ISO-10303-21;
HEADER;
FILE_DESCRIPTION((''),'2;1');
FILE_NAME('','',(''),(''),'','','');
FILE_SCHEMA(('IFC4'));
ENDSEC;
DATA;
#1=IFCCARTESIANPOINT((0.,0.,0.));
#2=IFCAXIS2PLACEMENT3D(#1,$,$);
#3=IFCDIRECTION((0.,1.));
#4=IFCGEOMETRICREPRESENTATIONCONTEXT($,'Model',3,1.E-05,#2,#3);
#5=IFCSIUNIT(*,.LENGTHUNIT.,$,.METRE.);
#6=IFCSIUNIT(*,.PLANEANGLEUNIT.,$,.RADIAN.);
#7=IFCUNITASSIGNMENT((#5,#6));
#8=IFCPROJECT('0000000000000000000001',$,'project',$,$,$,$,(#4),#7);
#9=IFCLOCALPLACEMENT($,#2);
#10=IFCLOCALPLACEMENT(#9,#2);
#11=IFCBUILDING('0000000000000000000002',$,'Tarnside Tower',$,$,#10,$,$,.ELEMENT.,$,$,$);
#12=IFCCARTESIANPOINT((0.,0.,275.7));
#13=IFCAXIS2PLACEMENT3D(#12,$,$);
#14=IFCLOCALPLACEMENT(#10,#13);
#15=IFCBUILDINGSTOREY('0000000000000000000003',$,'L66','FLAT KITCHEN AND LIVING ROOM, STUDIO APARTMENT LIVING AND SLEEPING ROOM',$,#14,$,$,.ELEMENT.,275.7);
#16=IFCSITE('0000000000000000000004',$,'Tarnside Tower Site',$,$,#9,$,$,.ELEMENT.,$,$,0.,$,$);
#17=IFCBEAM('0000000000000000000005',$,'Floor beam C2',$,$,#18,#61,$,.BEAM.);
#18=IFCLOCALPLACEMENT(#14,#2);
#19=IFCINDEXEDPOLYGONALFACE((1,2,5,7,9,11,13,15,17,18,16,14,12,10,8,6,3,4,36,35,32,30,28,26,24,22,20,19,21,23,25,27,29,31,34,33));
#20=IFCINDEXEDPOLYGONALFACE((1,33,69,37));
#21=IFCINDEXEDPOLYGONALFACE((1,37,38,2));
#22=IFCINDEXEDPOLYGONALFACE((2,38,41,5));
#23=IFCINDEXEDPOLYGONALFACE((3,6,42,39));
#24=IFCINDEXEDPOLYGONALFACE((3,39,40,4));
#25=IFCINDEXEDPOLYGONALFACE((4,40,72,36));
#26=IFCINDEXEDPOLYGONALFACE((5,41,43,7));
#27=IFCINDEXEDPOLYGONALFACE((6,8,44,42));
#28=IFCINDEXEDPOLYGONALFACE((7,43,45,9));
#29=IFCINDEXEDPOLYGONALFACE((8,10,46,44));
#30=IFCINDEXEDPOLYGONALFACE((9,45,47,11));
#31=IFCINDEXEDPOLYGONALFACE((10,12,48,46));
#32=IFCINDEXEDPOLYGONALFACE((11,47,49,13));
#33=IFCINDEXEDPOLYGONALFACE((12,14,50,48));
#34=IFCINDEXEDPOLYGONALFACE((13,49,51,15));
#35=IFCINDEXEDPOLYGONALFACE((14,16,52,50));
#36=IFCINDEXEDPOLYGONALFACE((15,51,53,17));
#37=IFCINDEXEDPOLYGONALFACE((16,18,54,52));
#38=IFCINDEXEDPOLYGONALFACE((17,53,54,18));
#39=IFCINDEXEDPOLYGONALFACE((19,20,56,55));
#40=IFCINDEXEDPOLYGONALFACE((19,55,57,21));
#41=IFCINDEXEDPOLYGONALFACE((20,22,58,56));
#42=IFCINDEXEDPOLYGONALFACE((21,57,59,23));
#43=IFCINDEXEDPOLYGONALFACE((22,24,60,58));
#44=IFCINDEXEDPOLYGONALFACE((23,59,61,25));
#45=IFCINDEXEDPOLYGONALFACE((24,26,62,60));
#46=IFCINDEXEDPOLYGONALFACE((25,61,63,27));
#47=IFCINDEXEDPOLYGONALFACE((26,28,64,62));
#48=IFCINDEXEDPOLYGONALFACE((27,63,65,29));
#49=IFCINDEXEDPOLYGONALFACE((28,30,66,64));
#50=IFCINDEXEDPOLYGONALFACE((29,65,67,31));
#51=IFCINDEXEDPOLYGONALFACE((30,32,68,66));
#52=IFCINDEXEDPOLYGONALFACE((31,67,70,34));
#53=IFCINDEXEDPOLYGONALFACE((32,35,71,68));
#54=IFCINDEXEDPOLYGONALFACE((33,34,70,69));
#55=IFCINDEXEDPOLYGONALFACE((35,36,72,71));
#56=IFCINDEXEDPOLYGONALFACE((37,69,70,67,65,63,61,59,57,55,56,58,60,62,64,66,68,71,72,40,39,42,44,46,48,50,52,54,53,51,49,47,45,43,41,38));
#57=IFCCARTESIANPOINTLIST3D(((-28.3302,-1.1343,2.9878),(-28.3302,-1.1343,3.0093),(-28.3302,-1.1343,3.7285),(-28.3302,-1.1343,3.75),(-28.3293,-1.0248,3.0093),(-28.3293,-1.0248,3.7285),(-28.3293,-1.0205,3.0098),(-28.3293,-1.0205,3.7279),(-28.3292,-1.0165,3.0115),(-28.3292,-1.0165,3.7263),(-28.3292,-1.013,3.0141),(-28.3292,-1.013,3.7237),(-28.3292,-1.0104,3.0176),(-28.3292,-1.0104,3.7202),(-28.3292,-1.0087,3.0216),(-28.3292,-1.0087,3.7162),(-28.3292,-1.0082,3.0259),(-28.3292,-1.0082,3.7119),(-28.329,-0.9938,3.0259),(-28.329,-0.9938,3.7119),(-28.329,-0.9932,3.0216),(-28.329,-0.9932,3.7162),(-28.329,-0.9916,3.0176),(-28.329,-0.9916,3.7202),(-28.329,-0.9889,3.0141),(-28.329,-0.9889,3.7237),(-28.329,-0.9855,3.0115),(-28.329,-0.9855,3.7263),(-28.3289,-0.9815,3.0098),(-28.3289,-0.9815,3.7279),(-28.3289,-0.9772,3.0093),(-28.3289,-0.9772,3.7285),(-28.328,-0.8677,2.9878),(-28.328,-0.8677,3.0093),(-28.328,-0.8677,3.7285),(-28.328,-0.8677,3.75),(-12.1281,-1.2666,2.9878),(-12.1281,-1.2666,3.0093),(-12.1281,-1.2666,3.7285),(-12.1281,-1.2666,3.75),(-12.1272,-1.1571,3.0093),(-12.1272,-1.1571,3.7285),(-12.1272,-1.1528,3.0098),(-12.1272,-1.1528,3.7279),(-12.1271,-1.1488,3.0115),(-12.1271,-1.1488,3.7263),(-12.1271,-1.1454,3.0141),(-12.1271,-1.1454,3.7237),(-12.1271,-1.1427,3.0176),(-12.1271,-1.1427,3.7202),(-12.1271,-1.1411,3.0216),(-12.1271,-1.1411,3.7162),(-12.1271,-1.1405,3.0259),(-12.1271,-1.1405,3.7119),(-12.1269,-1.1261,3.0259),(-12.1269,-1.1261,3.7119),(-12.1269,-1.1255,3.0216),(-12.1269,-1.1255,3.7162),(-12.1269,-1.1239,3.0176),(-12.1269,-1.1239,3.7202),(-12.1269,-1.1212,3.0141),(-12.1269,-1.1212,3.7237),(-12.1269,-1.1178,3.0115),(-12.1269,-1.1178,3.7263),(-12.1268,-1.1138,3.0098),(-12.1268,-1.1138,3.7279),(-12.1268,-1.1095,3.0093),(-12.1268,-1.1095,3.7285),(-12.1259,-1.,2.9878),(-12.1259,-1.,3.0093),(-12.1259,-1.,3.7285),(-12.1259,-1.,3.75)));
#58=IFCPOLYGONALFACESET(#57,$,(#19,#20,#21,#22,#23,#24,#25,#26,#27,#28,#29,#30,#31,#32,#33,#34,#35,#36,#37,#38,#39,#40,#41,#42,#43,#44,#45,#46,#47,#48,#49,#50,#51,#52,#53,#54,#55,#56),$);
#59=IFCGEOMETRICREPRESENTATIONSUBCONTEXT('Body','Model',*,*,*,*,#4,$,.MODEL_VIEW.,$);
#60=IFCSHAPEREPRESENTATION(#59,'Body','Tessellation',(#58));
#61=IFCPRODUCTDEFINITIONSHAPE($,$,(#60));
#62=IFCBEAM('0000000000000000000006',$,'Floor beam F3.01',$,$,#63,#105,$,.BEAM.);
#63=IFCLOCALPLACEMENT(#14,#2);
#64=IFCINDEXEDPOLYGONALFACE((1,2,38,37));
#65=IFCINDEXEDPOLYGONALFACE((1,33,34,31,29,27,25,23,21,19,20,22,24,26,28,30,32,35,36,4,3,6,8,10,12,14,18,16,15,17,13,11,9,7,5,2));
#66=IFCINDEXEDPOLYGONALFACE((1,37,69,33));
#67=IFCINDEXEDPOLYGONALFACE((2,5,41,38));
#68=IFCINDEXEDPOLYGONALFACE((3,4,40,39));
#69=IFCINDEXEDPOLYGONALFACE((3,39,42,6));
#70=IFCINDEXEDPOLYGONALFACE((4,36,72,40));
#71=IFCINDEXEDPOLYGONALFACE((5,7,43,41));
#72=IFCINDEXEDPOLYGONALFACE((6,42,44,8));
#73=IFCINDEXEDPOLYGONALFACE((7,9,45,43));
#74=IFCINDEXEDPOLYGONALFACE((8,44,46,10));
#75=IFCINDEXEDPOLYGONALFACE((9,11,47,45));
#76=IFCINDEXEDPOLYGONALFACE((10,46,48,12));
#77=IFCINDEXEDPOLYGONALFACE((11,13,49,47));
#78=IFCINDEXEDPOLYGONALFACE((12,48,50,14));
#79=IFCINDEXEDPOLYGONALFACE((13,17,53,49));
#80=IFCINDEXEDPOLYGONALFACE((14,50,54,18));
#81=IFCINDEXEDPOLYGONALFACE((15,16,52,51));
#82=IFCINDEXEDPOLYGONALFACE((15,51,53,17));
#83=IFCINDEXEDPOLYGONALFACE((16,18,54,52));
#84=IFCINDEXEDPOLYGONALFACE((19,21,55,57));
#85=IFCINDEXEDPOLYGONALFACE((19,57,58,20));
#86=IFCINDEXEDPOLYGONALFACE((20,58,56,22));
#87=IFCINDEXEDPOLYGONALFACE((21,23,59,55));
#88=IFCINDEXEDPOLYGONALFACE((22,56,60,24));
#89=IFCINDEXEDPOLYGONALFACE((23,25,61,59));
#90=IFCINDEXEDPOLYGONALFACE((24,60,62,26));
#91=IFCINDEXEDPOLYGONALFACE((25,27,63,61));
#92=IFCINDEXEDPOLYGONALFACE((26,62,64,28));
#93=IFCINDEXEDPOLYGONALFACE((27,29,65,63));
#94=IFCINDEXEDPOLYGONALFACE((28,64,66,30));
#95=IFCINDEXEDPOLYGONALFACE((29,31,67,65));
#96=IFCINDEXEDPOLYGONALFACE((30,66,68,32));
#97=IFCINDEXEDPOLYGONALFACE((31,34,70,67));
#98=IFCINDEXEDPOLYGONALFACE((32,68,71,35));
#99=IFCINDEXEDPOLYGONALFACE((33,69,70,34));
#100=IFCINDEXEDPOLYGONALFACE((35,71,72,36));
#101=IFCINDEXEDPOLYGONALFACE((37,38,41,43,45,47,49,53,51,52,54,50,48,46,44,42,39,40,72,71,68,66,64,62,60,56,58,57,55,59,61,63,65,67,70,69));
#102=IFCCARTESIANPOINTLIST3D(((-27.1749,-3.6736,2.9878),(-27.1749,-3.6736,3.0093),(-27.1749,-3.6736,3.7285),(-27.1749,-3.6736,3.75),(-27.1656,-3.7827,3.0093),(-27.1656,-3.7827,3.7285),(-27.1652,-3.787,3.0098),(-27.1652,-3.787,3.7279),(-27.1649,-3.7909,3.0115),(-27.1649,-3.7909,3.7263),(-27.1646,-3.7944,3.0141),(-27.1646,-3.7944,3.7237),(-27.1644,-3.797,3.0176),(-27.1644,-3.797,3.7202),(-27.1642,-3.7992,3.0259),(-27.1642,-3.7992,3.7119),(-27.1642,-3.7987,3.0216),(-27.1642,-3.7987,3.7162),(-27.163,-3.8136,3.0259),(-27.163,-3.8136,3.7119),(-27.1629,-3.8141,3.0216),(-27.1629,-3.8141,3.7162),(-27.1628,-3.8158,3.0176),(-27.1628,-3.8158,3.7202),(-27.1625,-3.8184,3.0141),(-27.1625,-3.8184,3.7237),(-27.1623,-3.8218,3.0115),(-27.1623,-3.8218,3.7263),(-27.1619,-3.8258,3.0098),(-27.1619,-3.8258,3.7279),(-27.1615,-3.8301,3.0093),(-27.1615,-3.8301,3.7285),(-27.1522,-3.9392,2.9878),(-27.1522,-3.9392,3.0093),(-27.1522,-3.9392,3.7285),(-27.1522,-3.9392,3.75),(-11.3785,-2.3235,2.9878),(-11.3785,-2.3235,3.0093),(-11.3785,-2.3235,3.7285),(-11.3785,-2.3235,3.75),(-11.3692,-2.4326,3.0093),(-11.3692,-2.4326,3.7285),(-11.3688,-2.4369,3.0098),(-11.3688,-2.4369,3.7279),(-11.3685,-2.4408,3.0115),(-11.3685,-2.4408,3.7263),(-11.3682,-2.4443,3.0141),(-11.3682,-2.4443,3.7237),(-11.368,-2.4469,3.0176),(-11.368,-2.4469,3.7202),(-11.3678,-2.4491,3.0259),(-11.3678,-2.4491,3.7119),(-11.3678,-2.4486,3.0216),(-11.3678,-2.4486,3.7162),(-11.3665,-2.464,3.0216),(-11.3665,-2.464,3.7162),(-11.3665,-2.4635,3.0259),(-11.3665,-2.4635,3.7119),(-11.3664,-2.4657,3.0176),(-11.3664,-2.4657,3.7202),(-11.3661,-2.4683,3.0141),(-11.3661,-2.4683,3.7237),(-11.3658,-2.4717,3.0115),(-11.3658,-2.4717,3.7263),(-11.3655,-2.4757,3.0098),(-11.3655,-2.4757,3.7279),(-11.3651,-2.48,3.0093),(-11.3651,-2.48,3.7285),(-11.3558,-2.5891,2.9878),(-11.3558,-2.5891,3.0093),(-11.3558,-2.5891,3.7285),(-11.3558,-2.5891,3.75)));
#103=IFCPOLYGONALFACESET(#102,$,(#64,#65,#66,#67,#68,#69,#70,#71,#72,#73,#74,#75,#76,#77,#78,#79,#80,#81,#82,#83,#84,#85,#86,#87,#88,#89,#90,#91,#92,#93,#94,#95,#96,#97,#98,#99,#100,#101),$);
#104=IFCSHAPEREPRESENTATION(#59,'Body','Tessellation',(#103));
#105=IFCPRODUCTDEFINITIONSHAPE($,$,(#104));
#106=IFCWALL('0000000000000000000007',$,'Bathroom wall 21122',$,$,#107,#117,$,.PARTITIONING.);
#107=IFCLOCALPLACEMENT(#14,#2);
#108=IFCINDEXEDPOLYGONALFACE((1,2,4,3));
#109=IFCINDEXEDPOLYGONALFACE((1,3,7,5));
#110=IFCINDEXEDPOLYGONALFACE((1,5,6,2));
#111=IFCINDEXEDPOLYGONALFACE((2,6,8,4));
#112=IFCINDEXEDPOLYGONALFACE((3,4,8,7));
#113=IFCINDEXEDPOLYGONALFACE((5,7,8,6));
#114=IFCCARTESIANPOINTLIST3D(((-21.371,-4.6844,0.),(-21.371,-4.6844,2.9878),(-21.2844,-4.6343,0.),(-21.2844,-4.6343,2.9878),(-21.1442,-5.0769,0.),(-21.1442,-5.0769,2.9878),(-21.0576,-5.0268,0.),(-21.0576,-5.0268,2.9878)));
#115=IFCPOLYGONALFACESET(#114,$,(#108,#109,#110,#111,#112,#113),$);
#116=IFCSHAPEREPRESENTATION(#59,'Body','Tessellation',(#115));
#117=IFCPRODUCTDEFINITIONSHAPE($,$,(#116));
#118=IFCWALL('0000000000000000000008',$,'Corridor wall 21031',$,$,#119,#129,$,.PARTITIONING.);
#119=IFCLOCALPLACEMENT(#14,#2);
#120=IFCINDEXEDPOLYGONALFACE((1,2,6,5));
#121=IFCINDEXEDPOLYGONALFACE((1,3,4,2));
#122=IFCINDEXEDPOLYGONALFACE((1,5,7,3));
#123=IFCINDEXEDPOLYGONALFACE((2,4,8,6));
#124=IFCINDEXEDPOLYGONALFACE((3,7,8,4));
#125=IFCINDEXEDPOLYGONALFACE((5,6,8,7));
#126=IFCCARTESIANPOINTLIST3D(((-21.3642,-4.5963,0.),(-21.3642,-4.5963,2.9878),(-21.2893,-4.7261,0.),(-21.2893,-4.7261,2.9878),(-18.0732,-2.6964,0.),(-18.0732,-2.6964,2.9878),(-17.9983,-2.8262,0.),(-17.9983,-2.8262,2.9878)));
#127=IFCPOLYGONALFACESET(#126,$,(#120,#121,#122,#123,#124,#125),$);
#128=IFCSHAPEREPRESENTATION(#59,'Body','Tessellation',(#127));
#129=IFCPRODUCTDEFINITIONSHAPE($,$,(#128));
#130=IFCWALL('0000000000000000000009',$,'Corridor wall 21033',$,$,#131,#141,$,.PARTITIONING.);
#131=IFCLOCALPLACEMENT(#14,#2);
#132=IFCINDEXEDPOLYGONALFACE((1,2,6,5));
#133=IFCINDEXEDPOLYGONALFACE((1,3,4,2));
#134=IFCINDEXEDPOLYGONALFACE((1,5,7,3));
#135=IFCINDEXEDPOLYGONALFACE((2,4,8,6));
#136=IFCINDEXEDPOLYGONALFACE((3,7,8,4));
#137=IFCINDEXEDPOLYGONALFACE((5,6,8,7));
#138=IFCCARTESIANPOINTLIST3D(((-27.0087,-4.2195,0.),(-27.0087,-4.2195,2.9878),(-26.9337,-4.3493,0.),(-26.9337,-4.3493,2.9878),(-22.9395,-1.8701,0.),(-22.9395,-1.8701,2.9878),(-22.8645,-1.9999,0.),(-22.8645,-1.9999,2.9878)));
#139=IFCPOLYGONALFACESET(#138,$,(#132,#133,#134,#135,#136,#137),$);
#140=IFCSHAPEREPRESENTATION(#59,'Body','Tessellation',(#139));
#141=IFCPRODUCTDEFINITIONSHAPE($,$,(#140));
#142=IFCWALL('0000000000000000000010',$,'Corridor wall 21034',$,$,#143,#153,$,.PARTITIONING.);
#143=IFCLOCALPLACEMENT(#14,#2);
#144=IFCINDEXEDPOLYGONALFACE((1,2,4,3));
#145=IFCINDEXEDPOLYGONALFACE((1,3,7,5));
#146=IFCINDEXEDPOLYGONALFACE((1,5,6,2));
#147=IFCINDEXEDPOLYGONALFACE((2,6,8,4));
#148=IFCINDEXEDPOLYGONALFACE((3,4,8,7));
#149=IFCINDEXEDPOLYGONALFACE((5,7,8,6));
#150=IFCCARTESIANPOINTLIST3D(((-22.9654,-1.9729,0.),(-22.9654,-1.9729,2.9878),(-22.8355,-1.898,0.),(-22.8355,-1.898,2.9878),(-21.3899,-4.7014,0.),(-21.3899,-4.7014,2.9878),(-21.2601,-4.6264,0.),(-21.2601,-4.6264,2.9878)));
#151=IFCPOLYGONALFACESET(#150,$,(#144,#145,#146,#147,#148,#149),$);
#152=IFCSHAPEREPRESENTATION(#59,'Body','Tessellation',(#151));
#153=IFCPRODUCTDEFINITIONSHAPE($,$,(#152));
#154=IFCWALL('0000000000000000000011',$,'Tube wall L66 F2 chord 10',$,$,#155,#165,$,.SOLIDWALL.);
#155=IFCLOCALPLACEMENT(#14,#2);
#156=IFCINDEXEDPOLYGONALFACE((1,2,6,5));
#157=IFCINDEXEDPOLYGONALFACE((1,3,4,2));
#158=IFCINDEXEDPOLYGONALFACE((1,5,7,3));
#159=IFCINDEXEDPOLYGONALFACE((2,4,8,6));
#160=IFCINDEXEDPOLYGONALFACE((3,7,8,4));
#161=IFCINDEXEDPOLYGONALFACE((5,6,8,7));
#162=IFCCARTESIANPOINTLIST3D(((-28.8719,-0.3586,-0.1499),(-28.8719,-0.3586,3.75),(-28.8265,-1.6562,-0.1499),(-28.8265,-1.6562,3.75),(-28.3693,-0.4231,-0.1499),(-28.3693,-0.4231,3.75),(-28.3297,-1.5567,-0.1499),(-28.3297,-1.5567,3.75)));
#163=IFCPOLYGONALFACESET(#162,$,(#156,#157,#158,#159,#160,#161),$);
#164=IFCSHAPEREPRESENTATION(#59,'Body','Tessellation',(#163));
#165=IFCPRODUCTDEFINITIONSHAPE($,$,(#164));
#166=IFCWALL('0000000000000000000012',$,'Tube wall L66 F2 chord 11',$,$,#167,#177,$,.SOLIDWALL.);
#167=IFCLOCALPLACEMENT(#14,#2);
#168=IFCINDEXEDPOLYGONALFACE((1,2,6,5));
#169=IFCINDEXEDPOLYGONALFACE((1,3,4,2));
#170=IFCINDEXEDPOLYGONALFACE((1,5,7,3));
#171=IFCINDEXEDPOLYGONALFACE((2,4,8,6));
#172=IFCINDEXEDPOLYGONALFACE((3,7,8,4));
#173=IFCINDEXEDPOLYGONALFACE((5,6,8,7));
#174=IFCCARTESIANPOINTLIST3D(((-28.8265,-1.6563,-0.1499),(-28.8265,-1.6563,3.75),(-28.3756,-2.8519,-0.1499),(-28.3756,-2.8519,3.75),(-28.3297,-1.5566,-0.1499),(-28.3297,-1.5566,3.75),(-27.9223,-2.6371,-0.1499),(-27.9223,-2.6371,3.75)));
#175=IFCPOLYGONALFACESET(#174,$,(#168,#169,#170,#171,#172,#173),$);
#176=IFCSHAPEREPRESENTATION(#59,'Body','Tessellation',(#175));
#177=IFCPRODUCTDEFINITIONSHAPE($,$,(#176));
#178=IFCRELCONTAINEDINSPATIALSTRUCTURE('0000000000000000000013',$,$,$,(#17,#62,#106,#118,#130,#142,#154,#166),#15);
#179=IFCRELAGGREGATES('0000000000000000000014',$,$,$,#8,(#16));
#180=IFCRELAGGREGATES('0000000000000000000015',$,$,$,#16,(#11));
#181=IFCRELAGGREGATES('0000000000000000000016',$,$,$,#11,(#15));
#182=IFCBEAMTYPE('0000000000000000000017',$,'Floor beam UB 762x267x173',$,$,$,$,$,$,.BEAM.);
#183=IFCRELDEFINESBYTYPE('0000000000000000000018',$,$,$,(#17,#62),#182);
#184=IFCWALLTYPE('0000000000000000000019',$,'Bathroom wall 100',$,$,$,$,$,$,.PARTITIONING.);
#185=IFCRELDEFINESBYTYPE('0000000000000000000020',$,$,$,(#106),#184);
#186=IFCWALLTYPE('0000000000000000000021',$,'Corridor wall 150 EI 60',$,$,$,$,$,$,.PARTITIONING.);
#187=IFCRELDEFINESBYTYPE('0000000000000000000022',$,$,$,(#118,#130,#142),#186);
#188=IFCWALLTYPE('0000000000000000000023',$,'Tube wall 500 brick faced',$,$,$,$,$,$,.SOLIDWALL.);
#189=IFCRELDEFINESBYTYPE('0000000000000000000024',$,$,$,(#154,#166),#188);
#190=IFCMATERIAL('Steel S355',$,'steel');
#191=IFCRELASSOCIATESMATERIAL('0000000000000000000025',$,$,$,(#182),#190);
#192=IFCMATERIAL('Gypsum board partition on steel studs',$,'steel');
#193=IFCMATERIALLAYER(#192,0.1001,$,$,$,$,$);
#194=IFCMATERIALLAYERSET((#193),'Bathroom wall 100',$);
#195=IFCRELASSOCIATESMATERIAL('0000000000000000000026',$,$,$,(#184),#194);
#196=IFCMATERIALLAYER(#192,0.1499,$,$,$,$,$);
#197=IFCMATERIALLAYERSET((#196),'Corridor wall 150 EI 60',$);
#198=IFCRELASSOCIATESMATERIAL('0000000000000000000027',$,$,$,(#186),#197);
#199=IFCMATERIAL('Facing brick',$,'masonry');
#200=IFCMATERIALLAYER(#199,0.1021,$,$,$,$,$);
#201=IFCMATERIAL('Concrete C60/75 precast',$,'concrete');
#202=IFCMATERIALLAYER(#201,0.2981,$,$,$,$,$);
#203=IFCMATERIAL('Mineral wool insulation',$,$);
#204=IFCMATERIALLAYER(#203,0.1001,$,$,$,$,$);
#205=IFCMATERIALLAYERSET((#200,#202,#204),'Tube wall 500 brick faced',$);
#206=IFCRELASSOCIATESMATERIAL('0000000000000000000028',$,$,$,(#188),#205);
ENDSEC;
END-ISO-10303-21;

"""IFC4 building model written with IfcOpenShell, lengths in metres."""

from ifc_helpers import new_model, si_unit, direction, frame, frame_2d, origin, origin_2d, place, context, subcontext, project, spatial, polyline, rectangle, i_section, outline, extrude, material, layer, layer_set, material_profile, profile_set, type_object, element, save


model = new_model("IFC4")

# Units and contexts
model_context = context("Model", 3, precision=1e-05, world=origin(), true_north=direction((0.0, 1.0)))
body_context = subcontext(model_context, "Body", "Model", "MODEL_VIEW")
ifc_project = project(units=[si_unit("LENGTHUNIT", "METRE"), si_unit("PLANEANGLEUNIT", "RADIAN")], contexts=[model_context])

# Site, building, storey
site_placement = place(None, origin())
site = spatial("IfcSite", under=ifc_project, at=site_placement, Name="Tarnside Tower Site", CompositionType="ELEMENT", RefElevation=0.0)
building_placement = place(site_placement, origin())
building = spatial("IfcBuilding", under=site, at=building_placement, Name="Tarnside Tower", CompositionType="ELEMENT")
storey_placement = place(building_placement, frame((0.0, 0.0, 275.7)))
storey = spatial("IfcBuildingStorey", under=building, at=storey_placement, Name="L66", Description="FLAT KITCHEN AND LIVING ROOM, STUDIO APARTMENT LIVING AND SLEEPING ROOM", CompositionType="ELEMENT", Elevation=275.7)

# Beams
ifc_material_1 = material(Name="Steel S355", Category="steel")
ifc_material_profile = material_profile(ifc_material_1, i_section(OverallWidth=0.2666, OverallDepth=0.7622, WebThickness=0.0144, FlangeThickness=0.0215, FilletRadius=0.0166, at=origin_2d()), Name="UB 762x267x173")
ifc_profile_set = profile_set([ifc_material_profile], Name="Steel S355")
beam_type = type_object("IfcBeamType", Name="Floor beam UB 762x267x173", PredefinedType="BEAM", material=ifc_profile_set)
beam_1_placement = place(storey_placement, frame((-28.3291, -1.001, 3.3689), z_axis=(0.999967, -0.008167, 0.0), x_axis=(0.008167, 0.999967, 0.0)))
element("IfcBeam", 1, at=beam_1_placement, inside=storey, type_object=beam_type, Name="Floor beam C2", PredefinedType="BEAM", context=body_context, shape_type="SweptSolid", body=[
    extrude(i_section(OverallWidth=0.2666, OverallDepth=0.7622, WebThickness=0.0144, FlangeThickness=0.0215, FilletRadius=0.0166, at=origin_2d()), origin(), (0.0, 0.0, 1.0), 16.2026),
])
beam_2_placement = place(storey_placement, frame((-27.1636, -3.8064, 3.3689), z_axis=(0.996367, 0.085158, 0.0), x_axis=(-0.085158, 0.996367, 0.0)))
element("IfcBeam", 2, at=beam_2_placement, inside=storey, type_object=beam_type, Name="Floor beam F3.01", PredefinedType="BEAM", context=body_context, shape_type="SweptSolid", body=[
    extrude(i_section(OverallWidth=0.2666, OverallDepth=0.7622, WebThickness=0.0144, FlangeThickness=0.0215, FilletRadius=0.0166, at=origin_2d()), origin(), (0.0, 0.0, 1.0), 15.854),
])

# Walls
ifc_material_2 = material(Name="Gypsum board partition on steel studs", Category="steel")
ifc_layer_1 = layer(ifc_material_2, 0.1001)
ifc_layer_set_1 = layer_set([ifc_layer_1], Name="Bathroom wall 100")
wall_type_1 = type_object("IfcWallType", Name="Bathroom wall 100", PredefinedType="PARTITIONING", material=ifc_layer_set_1)
wall_1_placement = place(storey_placement, frame((-21.3276, -4.6594, 0.0), z_axis=(0.0, 0.0, 1.0), x_axis=(0.500251, -0.865881, 0.0)))
element("IfcWall", 3, at=wall_1_placement, inside=storey, type_object=wall_type_1, Name="Bathroom wall 21122", PredefinedType="PARTITIONING", context=body_context, shape_type="SweptSolid", body=[
    extrude(rectangle(XDim=0.4534, YDim=0.1001, at=frame_2d((0.2266, 0.0))), origin(), (0.0, 0.0, 1.0), 2.9878),
])
ifc_layer_2 = layer(ifc_material_2, 0.1499)
ifc_layer_set_2 = layer_set([ifc_layer_2], Name="Corridor wall 150 EI 60")
wall_type_2 = type_object("IfcWallType", Name="Corridor wall 150 EI 60", PredefinedType="PARTITIONING", material=ifc_layer_set_2)
wall_2_placement = place(storey_placement, frame((-21.3267, -4.6611, 0.0), z_axis=(0.0, 0.0, 1.0), x_axis=(0.866044, 0.499967, 0.0)))
element("IfcWall", 4, at=wall_2_placement, inside=storey, type_object=wall_type_2, Name="Corridor wall 21031", PredefinedType="PARTITIONING", context=body_context, shape_type="SweptSolid", body=[
    extrude(rectangle(XDim=3.8, YDim=0.1499, at=frame_2d((1.8999, 0.0))), origin(), (0.0, 0.0, 1.0), 2.9878),
])
wall_3_placement = place(storey_placement, frame((-26.9712, -4.2844, 0.0), z_axis=(0.0, 0.0, 1.0), x_axis=(0.866019, 0.500012, 0.0)))
element("IfcWall", 5, at=wall_3_placement, inside=storey, type_object=wall_type_2, Name="Corridor wall 21033", PredefinedType="PARTITIONING", context=body_context, shape_type="SweptSolid", body=[
    extrude(rectangle(XDim=4.6987, YDim=0.1499, at=frame_2d((2.3494, 0.0))), origin(), (0.0, 0.0, 1.0), 2.9878),
])
wall_4_placement = place(storey_placement, frame((-22.9004, -1.9355, 0.0), z_axis=(0.0, 0.0, 1.0), x_axis=(0.500031, -0.866008, 0.0)))
element("IfcWall", 6, at=wall_4_placement, inside=storey, type_object=wall_type_2, Name="Corridor wall 21034", PredefinedType="PARTITIONING", context=body_context, shape_type="SweptSolid", body=[
    extrude(rectangle(XDim=3.1506, YDim=0.1499, at=frame_2d((1.5752, 0.0))), origin(), (0.0, 0.0, 1.0), 2.9878),
])
ifc_material_3 = material(Name="Facing brick", Category="masonry")
ifc_layer_3 = layer(ifc_material_3, 0.1021)
ifc_material_4 = material(Name="Concrete C60/75 precast", Category="concrete")
ifc_layer_4 = layer(ifc_material_4, 0.2981)
ifc_material_5 = material(Name="Mineral wool insulation")
ifc_layer_5 = layer(ifc_material_5, 0.1001)
ifc_layer_set_3 = layer_set([ifc_layer_3, ifc_layer_4, ifc_layer_5], Name="Tube wall 500 brick faced")
wall_type_3 = type_object("IfcWallType", Name="Tube wall 500 brick faced", PredefinedType="SOLIDWALL", material=ifc_layer_set_3)
wall_5_placement = place(storey_placement, frame((-28.6206, -0.3909, -0.1499), z_axis=(0.0, 0.0, 1.0), x_axis=(0.034925, -0.99939, 0.0)))
element("IfcWall", 7, at=wall_5_placement, inside=storey, type_object=wall_type_3, Name="Tube wall L66 F2 chord 10", PredefinedType="SOLIDWALL", context=body_context, shape_type="SweptSolid", body=[
    extrude(outline(polyline([(-0.041, -0.25), (1.2573, -0.25), (1.1753, 0.25), (0.041, 0.25), (-0.041, -0.25)])), origin(), (0.0, 0.0, 1.0), 3.8999),
])
wall_6_placement = place(storey_placement, frame((-28.5781, -1.6064, -0.1499), z_axis=(0.0, 0.0, 1.0), x_axis=(0.352838, -0.935684, 0.0)))
element("IfcWall", 8, at=wall_6_placement, inside=storey, type_object=wall_type_3, Name="Tube wall L66 F2 chord 11", PredefinedType="SOLIDWALL", context=body_context, shape_type="SweptSolid", body=[
    extrude(outline(polyline([(-0.041, -0.25), (1.2368, -0.25), (1.1958, 0.25), (0.041, 0.25), (-0.041, -0.25)])), origin(), (0.0, 0.0, 1.0), 3.8999),
])

save(model, "model.ifc")
